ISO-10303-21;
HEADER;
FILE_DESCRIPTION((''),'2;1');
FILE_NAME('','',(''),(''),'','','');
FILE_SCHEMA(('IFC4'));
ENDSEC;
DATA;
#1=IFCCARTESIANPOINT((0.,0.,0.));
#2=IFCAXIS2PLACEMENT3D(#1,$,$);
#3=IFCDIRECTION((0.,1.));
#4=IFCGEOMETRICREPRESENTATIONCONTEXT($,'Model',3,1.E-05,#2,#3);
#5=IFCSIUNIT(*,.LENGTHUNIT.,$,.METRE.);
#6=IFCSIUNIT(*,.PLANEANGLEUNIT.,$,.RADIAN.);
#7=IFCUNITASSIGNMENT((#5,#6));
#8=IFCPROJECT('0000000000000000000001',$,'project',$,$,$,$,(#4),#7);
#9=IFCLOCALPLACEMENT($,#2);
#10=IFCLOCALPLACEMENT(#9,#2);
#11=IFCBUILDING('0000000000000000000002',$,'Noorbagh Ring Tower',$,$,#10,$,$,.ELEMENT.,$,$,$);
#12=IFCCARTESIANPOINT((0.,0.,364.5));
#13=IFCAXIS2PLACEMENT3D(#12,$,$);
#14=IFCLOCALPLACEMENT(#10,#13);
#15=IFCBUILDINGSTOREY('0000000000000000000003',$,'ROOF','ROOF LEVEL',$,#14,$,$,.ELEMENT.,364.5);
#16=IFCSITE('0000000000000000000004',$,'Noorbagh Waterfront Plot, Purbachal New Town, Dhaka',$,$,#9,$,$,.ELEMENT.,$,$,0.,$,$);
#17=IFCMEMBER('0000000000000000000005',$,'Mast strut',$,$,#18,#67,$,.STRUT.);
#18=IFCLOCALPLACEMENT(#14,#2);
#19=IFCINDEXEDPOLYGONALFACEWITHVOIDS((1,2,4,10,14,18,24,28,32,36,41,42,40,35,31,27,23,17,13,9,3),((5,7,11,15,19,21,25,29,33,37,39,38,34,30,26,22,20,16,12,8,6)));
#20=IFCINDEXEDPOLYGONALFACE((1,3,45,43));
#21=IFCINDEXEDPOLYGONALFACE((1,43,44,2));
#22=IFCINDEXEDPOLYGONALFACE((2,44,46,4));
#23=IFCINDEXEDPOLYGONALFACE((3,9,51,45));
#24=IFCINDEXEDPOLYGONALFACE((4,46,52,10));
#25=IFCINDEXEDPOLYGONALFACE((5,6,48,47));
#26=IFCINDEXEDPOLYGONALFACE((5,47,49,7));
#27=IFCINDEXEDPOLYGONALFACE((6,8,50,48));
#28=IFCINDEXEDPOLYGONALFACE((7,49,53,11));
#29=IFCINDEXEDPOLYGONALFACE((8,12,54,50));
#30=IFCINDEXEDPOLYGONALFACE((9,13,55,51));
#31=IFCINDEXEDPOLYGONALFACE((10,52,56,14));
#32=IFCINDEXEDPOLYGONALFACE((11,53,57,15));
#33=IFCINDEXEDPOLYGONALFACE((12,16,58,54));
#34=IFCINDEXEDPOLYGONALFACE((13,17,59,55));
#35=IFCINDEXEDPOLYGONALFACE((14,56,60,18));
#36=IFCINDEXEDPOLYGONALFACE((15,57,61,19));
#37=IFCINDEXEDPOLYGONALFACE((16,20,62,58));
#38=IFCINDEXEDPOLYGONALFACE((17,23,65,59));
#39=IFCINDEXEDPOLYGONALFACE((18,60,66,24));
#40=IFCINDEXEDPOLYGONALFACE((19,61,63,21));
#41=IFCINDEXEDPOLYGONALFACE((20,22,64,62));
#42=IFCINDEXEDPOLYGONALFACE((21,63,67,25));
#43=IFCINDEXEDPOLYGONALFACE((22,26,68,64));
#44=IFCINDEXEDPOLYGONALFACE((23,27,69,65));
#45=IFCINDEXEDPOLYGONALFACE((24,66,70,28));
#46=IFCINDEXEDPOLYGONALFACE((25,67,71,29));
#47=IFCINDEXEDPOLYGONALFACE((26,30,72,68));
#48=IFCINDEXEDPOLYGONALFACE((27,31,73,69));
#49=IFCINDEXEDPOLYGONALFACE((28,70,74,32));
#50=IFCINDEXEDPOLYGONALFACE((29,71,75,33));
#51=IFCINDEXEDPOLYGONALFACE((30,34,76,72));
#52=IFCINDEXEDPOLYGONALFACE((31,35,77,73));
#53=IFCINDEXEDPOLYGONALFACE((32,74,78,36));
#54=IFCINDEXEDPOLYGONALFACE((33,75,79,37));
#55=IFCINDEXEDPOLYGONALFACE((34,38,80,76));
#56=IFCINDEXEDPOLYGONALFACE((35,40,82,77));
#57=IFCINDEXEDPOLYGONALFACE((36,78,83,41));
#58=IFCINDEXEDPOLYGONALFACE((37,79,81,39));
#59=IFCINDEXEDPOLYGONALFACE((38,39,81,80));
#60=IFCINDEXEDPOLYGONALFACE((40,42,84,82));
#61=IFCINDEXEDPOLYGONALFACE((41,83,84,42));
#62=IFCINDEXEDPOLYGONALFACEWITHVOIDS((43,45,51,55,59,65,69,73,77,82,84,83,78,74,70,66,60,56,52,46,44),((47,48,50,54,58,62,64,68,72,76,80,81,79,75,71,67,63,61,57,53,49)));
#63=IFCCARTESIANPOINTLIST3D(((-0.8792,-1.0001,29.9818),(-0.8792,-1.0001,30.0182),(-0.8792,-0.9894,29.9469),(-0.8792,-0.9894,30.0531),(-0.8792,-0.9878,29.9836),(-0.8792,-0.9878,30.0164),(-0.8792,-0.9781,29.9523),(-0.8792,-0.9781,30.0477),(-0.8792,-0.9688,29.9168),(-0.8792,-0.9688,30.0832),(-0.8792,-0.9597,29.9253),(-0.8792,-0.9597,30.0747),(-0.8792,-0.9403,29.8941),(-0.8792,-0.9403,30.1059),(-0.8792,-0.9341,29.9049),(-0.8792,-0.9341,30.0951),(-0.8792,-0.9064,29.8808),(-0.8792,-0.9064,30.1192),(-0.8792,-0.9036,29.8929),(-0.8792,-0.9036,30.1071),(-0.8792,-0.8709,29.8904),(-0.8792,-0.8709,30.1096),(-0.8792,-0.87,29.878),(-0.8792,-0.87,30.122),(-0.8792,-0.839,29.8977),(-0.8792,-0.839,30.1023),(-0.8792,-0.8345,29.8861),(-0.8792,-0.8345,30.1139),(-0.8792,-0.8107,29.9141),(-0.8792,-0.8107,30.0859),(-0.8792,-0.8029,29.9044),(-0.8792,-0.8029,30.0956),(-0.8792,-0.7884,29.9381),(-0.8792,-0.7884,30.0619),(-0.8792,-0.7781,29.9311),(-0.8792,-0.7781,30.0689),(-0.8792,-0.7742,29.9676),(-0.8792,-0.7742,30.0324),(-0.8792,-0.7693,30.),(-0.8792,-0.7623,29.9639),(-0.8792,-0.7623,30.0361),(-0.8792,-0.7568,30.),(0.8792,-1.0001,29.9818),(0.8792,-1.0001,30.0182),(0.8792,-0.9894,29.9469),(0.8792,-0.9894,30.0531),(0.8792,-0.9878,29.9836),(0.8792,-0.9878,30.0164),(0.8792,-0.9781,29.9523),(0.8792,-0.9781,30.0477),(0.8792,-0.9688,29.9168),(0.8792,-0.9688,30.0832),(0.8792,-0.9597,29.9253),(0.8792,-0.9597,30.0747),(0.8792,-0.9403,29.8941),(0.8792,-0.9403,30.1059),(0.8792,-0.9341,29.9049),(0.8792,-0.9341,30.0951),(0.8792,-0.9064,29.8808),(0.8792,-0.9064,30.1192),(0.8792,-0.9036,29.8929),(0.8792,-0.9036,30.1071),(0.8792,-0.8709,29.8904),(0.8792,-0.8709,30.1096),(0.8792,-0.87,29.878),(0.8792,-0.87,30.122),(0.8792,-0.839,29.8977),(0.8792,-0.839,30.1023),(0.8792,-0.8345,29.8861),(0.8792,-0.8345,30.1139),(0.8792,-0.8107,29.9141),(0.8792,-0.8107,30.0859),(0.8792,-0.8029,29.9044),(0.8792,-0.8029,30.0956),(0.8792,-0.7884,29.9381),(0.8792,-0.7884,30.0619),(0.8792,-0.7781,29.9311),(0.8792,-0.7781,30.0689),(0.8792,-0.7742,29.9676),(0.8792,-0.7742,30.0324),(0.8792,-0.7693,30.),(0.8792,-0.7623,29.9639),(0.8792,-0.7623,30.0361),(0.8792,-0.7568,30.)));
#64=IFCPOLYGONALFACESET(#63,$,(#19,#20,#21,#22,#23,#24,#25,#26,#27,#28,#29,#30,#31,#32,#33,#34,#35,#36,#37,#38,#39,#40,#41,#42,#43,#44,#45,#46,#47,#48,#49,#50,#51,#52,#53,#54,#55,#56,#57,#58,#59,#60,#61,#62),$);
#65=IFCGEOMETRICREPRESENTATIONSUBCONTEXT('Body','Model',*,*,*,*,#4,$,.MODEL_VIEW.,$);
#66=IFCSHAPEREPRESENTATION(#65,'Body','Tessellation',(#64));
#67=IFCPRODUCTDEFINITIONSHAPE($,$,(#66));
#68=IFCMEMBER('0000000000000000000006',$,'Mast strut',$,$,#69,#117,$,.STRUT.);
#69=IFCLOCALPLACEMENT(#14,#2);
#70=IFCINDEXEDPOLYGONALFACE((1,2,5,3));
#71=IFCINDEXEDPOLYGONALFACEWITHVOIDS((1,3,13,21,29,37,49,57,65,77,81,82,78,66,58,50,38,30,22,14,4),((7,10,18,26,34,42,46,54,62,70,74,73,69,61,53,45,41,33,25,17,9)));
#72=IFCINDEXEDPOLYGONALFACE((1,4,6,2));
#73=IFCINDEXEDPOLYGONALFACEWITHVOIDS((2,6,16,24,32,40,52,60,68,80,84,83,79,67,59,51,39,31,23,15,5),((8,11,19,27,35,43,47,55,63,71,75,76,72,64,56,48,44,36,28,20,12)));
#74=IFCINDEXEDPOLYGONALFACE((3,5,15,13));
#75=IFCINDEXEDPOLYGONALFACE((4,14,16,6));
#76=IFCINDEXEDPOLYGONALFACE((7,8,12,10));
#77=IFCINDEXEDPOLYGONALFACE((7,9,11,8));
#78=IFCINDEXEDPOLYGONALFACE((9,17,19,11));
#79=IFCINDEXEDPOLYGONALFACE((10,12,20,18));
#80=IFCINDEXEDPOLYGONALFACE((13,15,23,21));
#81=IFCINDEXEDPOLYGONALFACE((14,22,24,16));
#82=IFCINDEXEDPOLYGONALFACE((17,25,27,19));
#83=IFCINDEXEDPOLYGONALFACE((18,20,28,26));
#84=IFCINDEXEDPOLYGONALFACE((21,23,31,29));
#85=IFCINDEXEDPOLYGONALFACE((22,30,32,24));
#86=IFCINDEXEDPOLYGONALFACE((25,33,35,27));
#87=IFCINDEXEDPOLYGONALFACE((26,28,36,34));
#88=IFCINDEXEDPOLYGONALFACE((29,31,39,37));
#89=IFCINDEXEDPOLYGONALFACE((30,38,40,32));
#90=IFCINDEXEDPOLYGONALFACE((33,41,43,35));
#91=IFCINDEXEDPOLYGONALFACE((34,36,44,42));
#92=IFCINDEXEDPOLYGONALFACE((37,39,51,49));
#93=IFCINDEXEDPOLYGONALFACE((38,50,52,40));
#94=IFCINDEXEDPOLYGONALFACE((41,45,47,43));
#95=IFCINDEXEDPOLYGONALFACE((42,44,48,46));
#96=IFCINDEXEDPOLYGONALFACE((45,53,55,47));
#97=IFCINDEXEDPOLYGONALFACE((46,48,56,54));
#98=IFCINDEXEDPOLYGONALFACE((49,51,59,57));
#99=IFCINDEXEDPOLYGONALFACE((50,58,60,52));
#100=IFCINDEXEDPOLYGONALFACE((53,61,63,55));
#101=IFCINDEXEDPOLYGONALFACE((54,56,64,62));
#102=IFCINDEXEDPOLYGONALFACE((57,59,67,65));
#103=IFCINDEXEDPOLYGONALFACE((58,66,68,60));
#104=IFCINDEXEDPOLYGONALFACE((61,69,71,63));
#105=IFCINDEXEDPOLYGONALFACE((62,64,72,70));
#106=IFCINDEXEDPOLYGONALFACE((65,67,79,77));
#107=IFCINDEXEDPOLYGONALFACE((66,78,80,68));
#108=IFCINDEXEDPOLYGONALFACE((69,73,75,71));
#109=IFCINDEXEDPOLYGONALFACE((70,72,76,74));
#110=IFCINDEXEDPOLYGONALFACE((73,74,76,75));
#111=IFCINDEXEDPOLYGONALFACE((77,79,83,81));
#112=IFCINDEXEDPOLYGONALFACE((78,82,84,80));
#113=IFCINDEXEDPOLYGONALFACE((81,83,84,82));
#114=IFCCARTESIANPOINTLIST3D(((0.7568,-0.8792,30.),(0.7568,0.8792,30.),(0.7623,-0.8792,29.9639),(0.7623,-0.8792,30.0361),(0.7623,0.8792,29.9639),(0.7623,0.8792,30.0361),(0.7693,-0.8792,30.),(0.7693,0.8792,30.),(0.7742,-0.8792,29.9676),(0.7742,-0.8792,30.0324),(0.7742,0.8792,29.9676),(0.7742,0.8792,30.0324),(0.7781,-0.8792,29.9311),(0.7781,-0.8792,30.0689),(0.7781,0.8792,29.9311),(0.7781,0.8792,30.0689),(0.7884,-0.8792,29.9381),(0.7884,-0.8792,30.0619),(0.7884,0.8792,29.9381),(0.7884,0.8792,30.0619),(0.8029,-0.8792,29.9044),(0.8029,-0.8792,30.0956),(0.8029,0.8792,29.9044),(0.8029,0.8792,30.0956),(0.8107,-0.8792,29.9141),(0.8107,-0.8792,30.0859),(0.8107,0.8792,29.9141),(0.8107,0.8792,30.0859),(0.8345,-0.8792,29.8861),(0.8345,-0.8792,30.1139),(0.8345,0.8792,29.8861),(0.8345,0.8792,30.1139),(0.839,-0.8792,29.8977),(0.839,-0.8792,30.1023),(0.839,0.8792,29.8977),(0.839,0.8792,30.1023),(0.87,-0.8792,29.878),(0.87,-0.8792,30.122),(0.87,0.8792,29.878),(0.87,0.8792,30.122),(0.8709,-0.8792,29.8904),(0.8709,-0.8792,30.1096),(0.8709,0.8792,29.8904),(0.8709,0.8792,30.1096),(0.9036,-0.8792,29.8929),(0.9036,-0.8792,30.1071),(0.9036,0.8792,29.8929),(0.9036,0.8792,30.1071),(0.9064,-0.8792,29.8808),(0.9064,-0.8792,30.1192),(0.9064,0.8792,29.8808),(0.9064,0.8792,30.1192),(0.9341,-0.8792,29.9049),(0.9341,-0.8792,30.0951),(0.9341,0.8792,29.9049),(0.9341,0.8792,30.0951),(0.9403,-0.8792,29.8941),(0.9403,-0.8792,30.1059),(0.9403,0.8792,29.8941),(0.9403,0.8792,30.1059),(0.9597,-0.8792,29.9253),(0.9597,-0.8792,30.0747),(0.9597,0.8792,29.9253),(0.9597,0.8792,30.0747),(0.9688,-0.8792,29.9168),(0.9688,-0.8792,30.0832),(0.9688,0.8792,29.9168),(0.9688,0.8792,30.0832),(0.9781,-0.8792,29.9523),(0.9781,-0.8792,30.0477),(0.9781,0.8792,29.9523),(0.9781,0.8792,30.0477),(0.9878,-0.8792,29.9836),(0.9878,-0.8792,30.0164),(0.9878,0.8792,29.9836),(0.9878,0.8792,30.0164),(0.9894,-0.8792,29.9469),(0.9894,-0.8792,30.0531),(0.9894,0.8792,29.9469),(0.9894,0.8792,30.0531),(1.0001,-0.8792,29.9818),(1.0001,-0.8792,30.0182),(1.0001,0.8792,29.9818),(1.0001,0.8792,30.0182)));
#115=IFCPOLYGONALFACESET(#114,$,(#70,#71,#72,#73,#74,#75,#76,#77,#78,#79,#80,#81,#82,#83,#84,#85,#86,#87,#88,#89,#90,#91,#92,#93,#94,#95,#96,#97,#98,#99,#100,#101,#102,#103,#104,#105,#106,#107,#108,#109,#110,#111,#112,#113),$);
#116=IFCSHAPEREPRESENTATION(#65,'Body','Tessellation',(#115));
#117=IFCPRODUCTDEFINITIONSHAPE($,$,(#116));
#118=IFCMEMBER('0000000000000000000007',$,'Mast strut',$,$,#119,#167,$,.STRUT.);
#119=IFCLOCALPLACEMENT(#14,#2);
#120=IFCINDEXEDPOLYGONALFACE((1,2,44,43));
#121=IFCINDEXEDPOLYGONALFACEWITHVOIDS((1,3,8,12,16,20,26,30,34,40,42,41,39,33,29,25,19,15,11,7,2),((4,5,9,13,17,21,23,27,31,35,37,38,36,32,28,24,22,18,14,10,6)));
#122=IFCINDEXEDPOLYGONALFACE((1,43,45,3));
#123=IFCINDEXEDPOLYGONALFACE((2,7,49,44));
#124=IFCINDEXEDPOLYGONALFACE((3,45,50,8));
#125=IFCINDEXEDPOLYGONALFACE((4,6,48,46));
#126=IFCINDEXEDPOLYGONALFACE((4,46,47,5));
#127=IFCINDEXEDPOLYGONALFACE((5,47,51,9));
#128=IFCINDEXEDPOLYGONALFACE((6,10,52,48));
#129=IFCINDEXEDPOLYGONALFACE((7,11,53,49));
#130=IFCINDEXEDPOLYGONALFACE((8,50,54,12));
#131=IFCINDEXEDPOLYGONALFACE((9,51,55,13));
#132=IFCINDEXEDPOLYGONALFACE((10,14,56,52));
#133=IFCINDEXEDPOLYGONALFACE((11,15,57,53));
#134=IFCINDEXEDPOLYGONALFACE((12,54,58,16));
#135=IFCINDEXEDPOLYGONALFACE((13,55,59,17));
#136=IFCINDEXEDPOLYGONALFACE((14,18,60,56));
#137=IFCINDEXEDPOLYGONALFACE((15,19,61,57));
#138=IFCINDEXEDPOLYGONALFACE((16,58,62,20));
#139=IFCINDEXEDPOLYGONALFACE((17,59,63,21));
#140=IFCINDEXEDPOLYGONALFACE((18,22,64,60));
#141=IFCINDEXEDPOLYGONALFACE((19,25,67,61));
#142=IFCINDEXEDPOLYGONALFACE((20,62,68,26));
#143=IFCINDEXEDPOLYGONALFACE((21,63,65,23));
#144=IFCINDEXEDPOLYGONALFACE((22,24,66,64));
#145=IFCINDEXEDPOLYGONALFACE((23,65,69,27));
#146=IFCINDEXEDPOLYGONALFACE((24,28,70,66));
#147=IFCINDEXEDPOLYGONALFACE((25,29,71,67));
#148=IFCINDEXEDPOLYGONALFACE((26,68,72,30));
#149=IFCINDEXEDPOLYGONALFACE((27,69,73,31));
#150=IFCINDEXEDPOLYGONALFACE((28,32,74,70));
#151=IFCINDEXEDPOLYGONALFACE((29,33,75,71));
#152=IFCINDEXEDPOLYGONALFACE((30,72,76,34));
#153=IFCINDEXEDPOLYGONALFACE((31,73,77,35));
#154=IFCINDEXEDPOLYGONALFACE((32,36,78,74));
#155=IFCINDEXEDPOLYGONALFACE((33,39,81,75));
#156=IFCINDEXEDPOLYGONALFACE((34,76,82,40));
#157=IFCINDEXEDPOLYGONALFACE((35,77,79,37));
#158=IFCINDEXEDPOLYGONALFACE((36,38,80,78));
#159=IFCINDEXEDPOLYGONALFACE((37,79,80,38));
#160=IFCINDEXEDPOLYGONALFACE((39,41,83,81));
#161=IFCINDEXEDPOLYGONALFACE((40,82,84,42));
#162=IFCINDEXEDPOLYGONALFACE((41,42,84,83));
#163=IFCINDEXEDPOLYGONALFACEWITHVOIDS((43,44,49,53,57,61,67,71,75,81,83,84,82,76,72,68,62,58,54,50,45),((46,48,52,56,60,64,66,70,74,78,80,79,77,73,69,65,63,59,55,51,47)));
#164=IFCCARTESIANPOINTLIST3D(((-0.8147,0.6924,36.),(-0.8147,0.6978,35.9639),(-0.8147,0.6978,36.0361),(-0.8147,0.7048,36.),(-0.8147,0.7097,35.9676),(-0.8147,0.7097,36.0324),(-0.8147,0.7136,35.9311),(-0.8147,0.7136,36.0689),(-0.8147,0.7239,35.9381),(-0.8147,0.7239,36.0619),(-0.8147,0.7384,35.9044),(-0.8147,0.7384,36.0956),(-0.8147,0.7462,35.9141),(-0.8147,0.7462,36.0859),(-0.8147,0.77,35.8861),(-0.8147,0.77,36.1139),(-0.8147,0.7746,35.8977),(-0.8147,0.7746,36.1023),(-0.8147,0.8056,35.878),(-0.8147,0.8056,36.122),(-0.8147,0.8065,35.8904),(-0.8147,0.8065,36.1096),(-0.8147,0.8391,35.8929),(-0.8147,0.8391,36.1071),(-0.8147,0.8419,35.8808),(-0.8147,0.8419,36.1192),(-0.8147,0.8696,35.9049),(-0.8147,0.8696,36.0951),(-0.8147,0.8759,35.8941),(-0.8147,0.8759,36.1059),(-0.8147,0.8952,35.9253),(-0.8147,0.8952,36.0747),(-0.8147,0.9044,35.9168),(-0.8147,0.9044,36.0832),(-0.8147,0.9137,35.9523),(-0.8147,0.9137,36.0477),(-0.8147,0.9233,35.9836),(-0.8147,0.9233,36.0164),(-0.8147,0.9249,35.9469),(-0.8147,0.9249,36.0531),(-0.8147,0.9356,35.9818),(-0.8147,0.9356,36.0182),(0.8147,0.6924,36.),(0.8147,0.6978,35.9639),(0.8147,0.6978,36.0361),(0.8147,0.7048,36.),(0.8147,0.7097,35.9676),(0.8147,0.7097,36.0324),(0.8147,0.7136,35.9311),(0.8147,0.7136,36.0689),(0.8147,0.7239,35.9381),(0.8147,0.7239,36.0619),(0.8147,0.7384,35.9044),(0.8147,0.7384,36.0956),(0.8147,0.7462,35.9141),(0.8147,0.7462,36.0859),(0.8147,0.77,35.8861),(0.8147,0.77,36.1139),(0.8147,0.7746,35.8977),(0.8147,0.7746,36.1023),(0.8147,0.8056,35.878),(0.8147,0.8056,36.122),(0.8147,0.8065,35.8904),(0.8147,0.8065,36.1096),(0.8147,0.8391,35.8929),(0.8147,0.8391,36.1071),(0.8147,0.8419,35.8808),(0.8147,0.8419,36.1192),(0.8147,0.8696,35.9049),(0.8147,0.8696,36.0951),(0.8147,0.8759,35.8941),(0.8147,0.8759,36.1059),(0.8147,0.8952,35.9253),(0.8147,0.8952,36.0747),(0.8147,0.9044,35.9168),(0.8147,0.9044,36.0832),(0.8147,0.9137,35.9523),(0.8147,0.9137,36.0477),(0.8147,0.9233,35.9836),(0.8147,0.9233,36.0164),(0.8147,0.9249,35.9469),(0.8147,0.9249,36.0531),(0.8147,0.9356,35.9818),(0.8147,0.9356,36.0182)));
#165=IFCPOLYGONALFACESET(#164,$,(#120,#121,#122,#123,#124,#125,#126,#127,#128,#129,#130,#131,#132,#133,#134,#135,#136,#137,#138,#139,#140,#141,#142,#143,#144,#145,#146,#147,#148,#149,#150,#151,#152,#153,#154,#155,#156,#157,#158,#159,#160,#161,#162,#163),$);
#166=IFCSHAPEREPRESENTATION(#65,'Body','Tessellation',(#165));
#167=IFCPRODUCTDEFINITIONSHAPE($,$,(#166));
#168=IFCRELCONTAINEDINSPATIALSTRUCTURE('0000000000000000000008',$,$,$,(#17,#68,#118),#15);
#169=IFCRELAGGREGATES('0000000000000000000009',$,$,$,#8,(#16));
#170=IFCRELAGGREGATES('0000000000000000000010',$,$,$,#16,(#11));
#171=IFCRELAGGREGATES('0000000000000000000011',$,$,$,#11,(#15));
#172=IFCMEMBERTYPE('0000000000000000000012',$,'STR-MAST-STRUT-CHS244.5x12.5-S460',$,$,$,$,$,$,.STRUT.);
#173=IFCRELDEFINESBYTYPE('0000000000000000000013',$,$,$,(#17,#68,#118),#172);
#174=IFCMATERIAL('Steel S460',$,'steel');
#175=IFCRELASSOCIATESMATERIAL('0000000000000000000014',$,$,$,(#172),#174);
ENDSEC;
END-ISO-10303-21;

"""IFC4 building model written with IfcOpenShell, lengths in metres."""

from ifc_helpers import new_model, si_unit, direction, frame, origin, origin_2d, place, context, subcontext, project, spatial, hollow_circle, extrude, material, material_profile, profile_set, type_object, element, save


model = new_model("IFC4")

# Units and contexts
model_context = context("Model", 3, precision=1e-05, world=origin(), true_north=direction((0.0, 1.0)))
body_context = subcontext(model_context, "Body", "Model", "MODEL_VIEW")
ifc_project = project(units=[si_unit("LENGTHUNIT", "METRE"), si_unit("PLANEANGLEUNIT", "RADIAN")], contexts=[model_context])

# Site, building, storey
site_placement = place(None, origin())
site = spatial("IfcSite", under=ifc_project, at=site_placement, Name="Noorbagh Waterfront Plot, Purbachal New Town, Dhaka", CompositionType="ELEMENT", RefElevation=0.0)
building_placement = place(site_placement, origin())
building = spatial("IfcBuilding", under=site, at=building_placement, Name="Noorbagh Ring Tower", CompositionType="ELEMENT")
storey_placement = place(building_placement, frame((0.0, 0.0, 364.5)))
storey = spatial("IfcBuildingStorey", under=building, at=storey_placement, Name="ROOF", Description="ROOF LEVEL", CompositionType="ELEMENT", Elevation=364.5)

# Members
ifc_material_1 = material(Name="Steel S460", Category="steel")
ifc_material_profile_1 = material_profile(ifc_material_1, hollow_circle(Radius=0.1223, WallThickness=0.0125, at=origin_2d()), Name="CHS244.5x12.5")
ifc_profile_set_1 = profile_set([ifc_material_profile_1], Name="Steel S460")
member_type_1 = type_object("IfcMemberType", Name="STR-MAST-STRUT-CHS244.5x12.5-S460", PredefinedType="STRUT", material=ifc_profile_set_1)
for number, where, z_axis, x_axis, name in (
    (1, (-0.8792, -0.8792, 30.0), (1.0, 0.0, 0.0), (0.0, 1.0, 0.0), "Mast strut"),
    (2, (0.8792, -0.8792, 30.0), (0.0, 1.0, 0.0), (-1.0, 0.0, 0.0), "Mast strut"),
):
    element("IfcMember", number, at=place(storey_placement, frame(where, z_axis=z_axis, x_axis=x_axis)), inside=storey, type_object=member_type_1, Name=name, PredefinedType="STRUT", context=body_context, shape_type="SweptSolid", body=[
        extrude(hollow_circle(Radius=0.1223, WallThickness=0.0125, at=origin_2d()), origin(), (0.0, 0.0, 1.0), 1.7583),
    ])
for number, where, z_axis, x_axis, name in (
    (3, (0.8147, 0.8147, 36.0), (-1.0, 0.0, 0.0), (0.0, -1.0, 0.0), "Mast strut"),
):
    element("IfcMember", number, at=place(storey_placement, frame(where, z_axis=z_axis, x_axis=x_axis)), inside=storey, type_object=member_type_1, Name=name, PredefinedType="STRUT", context=body_context, shape_type="SweptSolid", body=[
        extrude(hollow_circle(Radius=0.1223, WallThickness=0.0125, at=origin_2d()), origin(), (0.0, 0.0, 1.0), 1.6294),
    ])

save(model, "model.ifc")
